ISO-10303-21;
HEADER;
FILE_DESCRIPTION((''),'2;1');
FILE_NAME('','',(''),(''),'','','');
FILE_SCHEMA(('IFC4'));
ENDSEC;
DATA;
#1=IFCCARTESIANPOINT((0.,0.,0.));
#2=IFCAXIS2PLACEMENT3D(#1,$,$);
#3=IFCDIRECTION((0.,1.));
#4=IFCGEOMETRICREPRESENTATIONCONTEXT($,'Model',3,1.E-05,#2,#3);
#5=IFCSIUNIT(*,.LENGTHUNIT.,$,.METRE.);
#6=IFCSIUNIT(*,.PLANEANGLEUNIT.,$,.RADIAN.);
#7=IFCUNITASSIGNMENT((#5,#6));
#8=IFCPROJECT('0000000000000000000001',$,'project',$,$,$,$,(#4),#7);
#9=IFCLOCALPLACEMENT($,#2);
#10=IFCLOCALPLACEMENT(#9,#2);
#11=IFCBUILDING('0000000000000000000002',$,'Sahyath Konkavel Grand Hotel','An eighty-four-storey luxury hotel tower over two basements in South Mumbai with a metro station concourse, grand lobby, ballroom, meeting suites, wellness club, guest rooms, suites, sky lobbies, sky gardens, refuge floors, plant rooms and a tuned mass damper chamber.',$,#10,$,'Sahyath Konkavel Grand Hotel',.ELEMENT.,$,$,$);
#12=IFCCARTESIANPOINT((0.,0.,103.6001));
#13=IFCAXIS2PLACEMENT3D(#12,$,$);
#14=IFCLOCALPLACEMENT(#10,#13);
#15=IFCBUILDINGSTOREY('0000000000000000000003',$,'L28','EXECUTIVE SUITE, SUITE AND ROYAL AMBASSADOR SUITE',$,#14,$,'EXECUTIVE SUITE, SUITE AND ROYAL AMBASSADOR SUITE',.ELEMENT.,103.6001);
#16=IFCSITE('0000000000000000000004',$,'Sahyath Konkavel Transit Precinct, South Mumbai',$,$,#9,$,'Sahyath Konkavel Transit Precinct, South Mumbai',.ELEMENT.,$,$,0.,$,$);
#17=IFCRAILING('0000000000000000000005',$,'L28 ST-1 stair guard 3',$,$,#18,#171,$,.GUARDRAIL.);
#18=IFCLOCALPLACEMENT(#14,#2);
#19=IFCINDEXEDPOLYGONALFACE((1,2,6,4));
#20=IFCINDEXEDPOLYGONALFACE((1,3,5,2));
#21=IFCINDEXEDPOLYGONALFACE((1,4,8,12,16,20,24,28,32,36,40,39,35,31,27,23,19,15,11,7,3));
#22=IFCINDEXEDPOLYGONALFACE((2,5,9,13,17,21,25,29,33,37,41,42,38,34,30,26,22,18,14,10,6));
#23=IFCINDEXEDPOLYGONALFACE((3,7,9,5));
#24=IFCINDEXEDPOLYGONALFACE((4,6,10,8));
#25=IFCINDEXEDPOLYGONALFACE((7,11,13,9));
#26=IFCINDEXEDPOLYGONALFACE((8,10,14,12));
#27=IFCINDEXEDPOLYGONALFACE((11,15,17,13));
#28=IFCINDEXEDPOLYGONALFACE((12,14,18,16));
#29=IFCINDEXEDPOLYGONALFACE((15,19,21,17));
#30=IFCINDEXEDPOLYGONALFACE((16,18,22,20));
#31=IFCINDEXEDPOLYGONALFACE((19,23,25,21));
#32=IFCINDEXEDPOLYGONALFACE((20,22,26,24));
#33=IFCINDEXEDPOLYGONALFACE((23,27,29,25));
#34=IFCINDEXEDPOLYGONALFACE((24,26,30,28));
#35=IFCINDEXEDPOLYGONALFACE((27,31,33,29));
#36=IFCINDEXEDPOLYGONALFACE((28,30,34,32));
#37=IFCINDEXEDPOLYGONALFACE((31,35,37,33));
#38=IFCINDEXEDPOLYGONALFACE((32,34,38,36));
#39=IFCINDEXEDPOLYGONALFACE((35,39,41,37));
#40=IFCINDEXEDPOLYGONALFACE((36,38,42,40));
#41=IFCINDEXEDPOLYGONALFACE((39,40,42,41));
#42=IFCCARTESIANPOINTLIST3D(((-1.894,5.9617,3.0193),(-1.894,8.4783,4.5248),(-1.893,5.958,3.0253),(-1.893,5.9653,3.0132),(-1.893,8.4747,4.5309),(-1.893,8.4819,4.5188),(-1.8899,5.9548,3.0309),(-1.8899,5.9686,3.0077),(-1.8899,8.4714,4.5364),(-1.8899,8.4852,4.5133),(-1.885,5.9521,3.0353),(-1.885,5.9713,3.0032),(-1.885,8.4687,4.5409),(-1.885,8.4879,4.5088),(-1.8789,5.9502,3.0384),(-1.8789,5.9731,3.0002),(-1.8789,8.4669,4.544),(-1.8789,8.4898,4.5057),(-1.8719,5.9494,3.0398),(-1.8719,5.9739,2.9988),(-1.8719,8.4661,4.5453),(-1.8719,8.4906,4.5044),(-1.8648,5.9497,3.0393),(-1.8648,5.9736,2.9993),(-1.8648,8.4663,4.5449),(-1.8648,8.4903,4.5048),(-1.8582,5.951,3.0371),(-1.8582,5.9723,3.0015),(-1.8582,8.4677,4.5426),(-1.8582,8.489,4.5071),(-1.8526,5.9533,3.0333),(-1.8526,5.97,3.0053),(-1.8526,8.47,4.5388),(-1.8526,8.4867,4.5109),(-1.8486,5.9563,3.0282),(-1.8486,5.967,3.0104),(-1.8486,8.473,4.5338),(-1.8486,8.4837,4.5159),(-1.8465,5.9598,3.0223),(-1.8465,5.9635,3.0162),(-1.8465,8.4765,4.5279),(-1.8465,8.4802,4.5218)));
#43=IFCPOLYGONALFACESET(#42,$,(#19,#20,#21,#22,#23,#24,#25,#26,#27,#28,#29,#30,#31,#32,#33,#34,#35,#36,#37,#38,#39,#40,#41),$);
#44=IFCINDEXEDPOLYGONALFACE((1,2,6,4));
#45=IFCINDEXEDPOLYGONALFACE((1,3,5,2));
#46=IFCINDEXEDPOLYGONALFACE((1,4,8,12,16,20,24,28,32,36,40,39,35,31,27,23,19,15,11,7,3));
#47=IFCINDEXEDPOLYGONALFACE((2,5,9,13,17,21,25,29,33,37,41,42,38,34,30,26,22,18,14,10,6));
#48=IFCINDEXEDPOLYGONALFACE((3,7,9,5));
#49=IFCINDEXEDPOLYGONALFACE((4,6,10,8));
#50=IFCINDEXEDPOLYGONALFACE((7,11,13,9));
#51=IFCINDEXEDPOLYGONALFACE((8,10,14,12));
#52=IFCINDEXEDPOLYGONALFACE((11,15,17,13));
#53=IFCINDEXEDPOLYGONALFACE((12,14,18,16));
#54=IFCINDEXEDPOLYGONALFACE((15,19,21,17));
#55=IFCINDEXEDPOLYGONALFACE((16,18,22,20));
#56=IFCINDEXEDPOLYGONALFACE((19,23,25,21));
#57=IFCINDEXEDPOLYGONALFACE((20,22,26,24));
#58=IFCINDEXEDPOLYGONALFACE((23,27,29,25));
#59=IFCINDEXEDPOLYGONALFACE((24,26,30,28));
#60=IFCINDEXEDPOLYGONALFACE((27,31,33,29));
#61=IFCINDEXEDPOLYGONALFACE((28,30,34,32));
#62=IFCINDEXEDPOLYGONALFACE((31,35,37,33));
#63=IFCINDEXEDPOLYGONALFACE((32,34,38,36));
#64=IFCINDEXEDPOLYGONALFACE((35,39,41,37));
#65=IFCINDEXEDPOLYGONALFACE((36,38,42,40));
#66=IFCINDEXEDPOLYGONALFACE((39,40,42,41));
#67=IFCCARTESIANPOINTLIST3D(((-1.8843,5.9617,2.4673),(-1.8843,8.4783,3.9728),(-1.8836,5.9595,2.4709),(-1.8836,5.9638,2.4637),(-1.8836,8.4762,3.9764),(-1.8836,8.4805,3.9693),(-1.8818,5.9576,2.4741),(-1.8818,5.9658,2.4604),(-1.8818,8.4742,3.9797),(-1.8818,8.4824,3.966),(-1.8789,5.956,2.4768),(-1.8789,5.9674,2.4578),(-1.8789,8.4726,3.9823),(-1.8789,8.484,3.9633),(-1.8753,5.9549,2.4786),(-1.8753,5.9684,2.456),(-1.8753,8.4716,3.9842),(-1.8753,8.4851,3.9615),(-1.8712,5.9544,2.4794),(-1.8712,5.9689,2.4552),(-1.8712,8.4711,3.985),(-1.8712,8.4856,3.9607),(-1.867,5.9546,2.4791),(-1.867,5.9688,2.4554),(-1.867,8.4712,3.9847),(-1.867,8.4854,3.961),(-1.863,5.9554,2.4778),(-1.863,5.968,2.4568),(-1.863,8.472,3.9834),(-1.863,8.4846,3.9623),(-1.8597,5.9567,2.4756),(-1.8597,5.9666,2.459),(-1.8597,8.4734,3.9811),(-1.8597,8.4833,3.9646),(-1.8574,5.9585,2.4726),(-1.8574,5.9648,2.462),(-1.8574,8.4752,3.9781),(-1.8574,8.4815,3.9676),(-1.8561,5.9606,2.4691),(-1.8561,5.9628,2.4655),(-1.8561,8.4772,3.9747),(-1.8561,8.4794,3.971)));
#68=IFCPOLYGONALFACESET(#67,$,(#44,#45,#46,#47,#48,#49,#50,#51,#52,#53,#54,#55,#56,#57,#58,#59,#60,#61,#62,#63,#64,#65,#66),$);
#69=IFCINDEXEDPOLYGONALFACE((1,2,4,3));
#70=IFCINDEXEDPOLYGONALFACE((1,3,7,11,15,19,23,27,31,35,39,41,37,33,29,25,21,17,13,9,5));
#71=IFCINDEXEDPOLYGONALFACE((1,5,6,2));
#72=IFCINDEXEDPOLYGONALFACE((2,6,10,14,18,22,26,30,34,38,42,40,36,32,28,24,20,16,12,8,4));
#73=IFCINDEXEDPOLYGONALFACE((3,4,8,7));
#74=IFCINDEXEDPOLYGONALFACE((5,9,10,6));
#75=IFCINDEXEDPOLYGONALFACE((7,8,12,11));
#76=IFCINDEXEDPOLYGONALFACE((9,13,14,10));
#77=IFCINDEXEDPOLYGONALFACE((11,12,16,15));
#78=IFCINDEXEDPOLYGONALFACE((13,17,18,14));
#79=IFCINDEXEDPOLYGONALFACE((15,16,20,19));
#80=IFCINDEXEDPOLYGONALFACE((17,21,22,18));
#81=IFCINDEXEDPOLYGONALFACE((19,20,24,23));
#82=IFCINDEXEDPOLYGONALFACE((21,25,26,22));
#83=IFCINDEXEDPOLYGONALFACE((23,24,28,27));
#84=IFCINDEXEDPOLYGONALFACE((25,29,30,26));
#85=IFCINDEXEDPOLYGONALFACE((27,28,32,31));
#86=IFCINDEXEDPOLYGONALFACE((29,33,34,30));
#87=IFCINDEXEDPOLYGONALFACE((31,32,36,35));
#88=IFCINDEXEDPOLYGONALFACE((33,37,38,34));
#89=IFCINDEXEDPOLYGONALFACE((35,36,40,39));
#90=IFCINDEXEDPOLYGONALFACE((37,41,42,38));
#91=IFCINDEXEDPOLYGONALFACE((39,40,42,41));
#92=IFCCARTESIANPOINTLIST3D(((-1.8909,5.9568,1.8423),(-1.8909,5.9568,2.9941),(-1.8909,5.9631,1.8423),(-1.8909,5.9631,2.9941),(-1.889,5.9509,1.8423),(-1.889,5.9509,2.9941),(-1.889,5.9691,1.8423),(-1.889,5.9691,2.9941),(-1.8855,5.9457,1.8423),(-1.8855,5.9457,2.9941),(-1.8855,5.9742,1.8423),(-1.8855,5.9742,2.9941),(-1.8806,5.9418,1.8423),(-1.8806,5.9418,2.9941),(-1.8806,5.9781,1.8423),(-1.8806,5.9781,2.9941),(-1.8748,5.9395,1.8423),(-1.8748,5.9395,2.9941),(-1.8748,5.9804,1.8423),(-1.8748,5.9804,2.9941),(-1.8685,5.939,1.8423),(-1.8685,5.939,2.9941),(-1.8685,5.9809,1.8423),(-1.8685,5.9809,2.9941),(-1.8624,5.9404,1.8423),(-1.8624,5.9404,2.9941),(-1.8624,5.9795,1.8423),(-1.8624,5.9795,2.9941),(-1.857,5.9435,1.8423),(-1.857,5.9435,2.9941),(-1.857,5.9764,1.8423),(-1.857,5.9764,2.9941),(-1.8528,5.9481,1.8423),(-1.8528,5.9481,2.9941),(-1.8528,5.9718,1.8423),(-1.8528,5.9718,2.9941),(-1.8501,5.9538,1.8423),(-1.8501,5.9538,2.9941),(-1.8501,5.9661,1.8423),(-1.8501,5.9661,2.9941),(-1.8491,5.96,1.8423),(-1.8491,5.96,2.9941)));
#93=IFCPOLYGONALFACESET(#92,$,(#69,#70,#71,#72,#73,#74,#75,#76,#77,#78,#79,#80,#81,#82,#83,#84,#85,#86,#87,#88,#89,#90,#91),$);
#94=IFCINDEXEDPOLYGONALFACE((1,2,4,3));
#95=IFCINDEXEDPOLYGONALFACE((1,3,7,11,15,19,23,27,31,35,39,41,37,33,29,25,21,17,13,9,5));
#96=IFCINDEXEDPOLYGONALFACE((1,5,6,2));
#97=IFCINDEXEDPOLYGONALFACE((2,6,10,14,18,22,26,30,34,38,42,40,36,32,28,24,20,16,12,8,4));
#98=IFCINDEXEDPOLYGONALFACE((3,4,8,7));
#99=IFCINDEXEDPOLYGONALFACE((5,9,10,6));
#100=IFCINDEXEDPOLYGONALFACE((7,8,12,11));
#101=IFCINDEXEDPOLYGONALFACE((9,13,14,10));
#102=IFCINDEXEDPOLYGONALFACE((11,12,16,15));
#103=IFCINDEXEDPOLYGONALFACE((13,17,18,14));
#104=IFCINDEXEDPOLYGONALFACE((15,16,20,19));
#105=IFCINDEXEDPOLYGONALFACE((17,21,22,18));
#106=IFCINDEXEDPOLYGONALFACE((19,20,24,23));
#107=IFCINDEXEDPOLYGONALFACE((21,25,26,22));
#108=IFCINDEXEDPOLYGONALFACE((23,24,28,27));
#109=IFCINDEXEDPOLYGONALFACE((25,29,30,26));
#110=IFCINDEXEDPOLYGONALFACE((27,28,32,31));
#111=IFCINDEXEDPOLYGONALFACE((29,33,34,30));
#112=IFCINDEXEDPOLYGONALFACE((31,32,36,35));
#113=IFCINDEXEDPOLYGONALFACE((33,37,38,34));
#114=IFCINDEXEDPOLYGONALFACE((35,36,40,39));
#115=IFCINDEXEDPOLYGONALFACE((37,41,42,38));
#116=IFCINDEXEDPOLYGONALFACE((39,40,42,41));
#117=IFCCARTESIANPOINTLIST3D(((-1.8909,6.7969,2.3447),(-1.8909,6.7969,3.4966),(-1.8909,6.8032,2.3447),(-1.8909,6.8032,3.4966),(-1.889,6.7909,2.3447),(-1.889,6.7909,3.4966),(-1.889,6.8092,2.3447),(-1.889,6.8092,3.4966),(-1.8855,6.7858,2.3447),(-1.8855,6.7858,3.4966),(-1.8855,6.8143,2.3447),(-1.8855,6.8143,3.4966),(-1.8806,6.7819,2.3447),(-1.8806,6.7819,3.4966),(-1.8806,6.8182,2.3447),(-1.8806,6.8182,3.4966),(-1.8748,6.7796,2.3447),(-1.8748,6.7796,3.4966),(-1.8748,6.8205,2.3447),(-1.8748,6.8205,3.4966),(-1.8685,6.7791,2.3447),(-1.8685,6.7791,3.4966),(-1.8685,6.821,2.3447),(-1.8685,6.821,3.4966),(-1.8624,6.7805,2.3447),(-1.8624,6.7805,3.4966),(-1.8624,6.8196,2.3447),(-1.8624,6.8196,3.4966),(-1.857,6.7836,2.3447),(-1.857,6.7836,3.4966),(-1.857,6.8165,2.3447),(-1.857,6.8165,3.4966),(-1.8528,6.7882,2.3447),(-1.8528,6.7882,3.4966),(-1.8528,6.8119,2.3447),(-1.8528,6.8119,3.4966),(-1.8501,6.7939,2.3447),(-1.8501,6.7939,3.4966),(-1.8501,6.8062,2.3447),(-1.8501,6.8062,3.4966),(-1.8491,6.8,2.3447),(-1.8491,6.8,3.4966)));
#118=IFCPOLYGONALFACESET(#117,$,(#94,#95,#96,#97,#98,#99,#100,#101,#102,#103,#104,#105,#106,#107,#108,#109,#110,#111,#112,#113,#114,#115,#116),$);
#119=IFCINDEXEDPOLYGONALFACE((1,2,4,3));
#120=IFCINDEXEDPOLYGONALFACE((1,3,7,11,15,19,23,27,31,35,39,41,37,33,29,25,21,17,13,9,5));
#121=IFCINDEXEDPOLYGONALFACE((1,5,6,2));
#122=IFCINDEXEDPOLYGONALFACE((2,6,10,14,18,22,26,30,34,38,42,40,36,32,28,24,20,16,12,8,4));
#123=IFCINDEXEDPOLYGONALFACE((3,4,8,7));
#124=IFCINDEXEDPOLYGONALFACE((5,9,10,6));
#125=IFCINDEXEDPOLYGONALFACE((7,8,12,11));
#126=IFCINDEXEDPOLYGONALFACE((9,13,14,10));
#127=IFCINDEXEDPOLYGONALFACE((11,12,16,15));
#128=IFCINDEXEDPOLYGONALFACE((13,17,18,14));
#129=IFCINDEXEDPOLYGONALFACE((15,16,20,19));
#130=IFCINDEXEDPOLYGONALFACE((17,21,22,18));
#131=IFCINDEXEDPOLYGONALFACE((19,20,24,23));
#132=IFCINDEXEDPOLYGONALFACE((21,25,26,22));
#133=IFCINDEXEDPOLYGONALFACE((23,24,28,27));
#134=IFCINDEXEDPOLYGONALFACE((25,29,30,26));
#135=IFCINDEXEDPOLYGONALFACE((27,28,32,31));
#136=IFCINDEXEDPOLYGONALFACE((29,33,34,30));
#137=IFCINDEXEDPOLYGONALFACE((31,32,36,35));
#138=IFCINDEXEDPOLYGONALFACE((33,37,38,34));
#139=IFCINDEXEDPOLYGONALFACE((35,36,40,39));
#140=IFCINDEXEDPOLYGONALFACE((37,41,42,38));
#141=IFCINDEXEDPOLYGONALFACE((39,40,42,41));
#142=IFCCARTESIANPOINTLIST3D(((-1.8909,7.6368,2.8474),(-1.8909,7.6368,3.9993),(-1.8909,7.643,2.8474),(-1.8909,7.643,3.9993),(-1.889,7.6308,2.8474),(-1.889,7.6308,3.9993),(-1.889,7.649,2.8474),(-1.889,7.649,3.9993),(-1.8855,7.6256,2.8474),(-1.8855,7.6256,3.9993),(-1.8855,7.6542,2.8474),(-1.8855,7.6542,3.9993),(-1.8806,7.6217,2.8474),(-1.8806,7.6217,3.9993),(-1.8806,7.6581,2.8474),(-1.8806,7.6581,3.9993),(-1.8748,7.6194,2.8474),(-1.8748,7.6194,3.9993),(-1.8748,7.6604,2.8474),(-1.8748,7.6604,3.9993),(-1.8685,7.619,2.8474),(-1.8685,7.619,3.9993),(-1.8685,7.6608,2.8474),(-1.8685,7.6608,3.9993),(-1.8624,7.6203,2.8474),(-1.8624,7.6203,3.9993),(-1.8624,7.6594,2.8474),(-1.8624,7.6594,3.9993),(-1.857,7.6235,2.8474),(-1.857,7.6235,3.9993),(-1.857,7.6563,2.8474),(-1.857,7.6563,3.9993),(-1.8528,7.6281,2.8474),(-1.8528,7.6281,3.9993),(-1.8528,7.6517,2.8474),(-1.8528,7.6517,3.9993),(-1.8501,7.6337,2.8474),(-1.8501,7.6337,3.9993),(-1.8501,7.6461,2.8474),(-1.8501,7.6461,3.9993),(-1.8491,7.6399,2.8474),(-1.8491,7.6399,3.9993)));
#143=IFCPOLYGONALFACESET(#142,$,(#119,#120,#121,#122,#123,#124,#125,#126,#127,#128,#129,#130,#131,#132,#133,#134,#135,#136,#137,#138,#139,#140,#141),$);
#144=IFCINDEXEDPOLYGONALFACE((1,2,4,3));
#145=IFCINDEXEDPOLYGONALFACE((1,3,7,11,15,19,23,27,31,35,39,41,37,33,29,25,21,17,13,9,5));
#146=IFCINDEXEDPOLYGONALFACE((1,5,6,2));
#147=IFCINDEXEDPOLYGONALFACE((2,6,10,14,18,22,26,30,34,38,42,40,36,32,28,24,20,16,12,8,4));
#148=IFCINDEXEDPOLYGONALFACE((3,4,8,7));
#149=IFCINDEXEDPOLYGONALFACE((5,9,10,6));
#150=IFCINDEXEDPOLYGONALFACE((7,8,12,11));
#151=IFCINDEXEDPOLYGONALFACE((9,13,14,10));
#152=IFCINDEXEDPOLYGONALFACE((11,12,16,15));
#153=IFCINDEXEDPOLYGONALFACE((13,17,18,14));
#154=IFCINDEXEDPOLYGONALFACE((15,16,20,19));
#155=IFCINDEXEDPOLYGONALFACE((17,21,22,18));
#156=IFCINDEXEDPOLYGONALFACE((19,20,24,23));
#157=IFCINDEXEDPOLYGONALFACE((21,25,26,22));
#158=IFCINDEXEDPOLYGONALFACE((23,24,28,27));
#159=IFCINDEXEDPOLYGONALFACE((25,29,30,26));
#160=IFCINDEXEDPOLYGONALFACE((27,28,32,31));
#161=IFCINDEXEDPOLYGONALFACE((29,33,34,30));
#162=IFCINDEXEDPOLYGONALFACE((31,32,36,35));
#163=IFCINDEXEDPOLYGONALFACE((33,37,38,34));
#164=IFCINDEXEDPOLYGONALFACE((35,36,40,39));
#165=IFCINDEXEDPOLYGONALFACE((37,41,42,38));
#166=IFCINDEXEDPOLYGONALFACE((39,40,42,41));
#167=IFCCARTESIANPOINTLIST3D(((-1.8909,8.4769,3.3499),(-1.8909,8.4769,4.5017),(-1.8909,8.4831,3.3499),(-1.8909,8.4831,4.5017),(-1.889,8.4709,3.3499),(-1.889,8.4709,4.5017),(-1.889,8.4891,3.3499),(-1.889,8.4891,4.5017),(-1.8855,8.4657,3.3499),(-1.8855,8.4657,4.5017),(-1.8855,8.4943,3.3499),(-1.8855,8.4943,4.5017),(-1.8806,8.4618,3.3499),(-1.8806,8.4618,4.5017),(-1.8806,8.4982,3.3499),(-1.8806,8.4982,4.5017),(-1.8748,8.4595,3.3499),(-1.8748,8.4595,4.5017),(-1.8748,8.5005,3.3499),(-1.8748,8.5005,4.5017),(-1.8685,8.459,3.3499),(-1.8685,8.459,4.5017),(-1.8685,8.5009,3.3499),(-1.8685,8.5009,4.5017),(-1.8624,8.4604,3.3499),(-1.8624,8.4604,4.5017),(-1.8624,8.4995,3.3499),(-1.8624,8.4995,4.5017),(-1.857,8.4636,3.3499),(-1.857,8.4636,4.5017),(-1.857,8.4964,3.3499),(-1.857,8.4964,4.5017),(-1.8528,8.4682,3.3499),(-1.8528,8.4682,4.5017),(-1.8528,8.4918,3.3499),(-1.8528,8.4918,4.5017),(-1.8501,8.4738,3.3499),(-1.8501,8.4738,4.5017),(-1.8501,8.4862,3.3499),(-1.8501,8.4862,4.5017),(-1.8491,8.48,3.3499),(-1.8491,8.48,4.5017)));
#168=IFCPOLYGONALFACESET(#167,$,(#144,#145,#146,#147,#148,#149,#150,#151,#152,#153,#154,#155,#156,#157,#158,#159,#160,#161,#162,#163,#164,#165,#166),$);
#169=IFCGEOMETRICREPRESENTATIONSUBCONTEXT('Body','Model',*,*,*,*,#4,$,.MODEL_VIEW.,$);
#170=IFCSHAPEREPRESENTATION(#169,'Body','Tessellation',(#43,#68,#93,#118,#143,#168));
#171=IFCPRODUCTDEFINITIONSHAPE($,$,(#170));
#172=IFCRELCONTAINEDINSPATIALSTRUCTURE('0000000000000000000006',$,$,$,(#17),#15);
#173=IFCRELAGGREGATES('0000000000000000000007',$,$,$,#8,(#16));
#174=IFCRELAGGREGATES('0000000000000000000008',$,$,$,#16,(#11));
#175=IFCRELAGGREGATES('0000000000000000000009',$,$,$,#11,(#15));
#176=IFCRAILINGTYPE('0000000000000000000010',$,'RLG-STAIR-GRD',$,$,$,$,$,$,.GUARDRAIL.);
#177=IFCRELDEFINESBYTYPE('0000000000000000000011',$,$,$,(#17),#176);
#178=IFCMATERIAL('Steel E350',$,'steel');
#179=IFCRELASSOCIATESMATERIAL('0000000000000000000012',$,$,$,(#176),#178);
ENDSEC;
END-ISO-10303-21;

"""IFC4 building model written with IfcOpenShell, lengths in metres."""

from ifc_helpers import new_model, si_unit, direction, frame, origin, origin_2d, place, context, subcontext, project, spatial, circle, extrude, material, type_object, element, save


model = new_model("IFC4")

# Units and contexts
model_context = context("Model", 3, precision=1e-05, world=origin(), true_north=direction((0.0, 1.0)))
body_context = subcontext(model_context, "Body", "Model", "MODEL_VIEW")
ifc_project = project(units=[si_unit("LENGTHUNIT", "METRE"), si_unit("PLANEANGLEUNIT", "RADIAN")], contexts=[model_context])

# Site, building, storey
site_placement = place(None, origin())
site = spatial("IfcSite", under=ifc_project, at=site_placement, Name="Sahyath Konkavel Transit Precinct, South Mumbai", LongName="Sahyath Konkavel Transit Precinct, South Mumbai", CompositionType="ELEMENT", RefElevation=0.0)
building_placement = place(site_placement, origin())
building = spatial("IfcBuilding", under=site, at=building_placement, Name="Sahyath Konkavel Grand Hotel", Description="An eighty-four-storey luxury hotel tower over two basements in South Mumbai with a metro station concourse, grand lobby, ballroom, meeting suites, wellness club, guest rooms, suites, sky lobbies, sky gardens, refuge floors, plant rooms and a tuned mass damper chamber.", LongName="Sahyath Konkavel Grand Hotel", CompositionType="ELEMENT")
storey_placement = place(building_placement, frame((0.0, 0.0, 103.6001)))
storey = spatial("IfcBuildingStorey", under=building, at=storey_placement, Name="L28", Description="EXECUTIVE SUITE, SUITE AND ROYAL AMBASSADOR SUITE", LongName="EXECUTIVE SUITE, SUITE AND ROYAL AMBASSADOR SUITE", CompositionType="ELEMENT", Elevation=103.6001)

# Shared definitions
ifc_material_1 = material(Name="Steel E350", Category="steel")

# Railing
railing_type_1 = type_object("IfcRailingType", Name="RLG-STAIR-GRD", PredefinedType="GUARDRAIL", material=ifc_material_1)
railing_1_placement = place(storey_placement, frame((-1.8701, 5.96, 1.8423)))
element("IfcRailing", 1, at=railing_1_placement, inside=storey, type_object=railing_type_1, Name="L28 ST-1 stair guard 3", PredefinedType="GUARDRAIL", context=body_context, shape_type="SweptSolid", body=[
    extrude(circle(Radius=0.0239, at=origin_2d()), frame((0.0, 0.0017, 1.177), z_axis=(0.0, 0.85816, 0.513383), x_axis=(-1.0, 0.0, 0.0)), (0.0, 0.0, 1.0), 2.9326),
    extrude(circle(Radius=0.0142, at=origin_2d()), frame((0.0, 0.0017, 0.625), z_axis=(0.0, 0.85816, 0.513383), x_axis=(-1.0, 0.0, 0.0)), (0.0, 0.0, 1.0), 2.9326),
    extrude(circle(Radius=0.021, at=origin_2d()), origin(), (0.0, 0.0, 1.0), 1.1519),
    extrude(circle(Radius=0.021, at=origin_2d()), frame((0.0, 0.8401, 0.5024)), (0.0, 0.0, 1.0), 1.1519),
    extrude(circle(Radius=0.021, at=origin_2d()), frame((0.0, 1.6799, 1.0051)), (0.0, 0.0, 1.0), 1.1519),
    extrude(circle(Radius=0.021, at=origin_2d()), frame((0.0, 2.52, 1.5076)), (0.0, 0.0, 1.0), 1.1519),
])

save(model, "model.ifc")
